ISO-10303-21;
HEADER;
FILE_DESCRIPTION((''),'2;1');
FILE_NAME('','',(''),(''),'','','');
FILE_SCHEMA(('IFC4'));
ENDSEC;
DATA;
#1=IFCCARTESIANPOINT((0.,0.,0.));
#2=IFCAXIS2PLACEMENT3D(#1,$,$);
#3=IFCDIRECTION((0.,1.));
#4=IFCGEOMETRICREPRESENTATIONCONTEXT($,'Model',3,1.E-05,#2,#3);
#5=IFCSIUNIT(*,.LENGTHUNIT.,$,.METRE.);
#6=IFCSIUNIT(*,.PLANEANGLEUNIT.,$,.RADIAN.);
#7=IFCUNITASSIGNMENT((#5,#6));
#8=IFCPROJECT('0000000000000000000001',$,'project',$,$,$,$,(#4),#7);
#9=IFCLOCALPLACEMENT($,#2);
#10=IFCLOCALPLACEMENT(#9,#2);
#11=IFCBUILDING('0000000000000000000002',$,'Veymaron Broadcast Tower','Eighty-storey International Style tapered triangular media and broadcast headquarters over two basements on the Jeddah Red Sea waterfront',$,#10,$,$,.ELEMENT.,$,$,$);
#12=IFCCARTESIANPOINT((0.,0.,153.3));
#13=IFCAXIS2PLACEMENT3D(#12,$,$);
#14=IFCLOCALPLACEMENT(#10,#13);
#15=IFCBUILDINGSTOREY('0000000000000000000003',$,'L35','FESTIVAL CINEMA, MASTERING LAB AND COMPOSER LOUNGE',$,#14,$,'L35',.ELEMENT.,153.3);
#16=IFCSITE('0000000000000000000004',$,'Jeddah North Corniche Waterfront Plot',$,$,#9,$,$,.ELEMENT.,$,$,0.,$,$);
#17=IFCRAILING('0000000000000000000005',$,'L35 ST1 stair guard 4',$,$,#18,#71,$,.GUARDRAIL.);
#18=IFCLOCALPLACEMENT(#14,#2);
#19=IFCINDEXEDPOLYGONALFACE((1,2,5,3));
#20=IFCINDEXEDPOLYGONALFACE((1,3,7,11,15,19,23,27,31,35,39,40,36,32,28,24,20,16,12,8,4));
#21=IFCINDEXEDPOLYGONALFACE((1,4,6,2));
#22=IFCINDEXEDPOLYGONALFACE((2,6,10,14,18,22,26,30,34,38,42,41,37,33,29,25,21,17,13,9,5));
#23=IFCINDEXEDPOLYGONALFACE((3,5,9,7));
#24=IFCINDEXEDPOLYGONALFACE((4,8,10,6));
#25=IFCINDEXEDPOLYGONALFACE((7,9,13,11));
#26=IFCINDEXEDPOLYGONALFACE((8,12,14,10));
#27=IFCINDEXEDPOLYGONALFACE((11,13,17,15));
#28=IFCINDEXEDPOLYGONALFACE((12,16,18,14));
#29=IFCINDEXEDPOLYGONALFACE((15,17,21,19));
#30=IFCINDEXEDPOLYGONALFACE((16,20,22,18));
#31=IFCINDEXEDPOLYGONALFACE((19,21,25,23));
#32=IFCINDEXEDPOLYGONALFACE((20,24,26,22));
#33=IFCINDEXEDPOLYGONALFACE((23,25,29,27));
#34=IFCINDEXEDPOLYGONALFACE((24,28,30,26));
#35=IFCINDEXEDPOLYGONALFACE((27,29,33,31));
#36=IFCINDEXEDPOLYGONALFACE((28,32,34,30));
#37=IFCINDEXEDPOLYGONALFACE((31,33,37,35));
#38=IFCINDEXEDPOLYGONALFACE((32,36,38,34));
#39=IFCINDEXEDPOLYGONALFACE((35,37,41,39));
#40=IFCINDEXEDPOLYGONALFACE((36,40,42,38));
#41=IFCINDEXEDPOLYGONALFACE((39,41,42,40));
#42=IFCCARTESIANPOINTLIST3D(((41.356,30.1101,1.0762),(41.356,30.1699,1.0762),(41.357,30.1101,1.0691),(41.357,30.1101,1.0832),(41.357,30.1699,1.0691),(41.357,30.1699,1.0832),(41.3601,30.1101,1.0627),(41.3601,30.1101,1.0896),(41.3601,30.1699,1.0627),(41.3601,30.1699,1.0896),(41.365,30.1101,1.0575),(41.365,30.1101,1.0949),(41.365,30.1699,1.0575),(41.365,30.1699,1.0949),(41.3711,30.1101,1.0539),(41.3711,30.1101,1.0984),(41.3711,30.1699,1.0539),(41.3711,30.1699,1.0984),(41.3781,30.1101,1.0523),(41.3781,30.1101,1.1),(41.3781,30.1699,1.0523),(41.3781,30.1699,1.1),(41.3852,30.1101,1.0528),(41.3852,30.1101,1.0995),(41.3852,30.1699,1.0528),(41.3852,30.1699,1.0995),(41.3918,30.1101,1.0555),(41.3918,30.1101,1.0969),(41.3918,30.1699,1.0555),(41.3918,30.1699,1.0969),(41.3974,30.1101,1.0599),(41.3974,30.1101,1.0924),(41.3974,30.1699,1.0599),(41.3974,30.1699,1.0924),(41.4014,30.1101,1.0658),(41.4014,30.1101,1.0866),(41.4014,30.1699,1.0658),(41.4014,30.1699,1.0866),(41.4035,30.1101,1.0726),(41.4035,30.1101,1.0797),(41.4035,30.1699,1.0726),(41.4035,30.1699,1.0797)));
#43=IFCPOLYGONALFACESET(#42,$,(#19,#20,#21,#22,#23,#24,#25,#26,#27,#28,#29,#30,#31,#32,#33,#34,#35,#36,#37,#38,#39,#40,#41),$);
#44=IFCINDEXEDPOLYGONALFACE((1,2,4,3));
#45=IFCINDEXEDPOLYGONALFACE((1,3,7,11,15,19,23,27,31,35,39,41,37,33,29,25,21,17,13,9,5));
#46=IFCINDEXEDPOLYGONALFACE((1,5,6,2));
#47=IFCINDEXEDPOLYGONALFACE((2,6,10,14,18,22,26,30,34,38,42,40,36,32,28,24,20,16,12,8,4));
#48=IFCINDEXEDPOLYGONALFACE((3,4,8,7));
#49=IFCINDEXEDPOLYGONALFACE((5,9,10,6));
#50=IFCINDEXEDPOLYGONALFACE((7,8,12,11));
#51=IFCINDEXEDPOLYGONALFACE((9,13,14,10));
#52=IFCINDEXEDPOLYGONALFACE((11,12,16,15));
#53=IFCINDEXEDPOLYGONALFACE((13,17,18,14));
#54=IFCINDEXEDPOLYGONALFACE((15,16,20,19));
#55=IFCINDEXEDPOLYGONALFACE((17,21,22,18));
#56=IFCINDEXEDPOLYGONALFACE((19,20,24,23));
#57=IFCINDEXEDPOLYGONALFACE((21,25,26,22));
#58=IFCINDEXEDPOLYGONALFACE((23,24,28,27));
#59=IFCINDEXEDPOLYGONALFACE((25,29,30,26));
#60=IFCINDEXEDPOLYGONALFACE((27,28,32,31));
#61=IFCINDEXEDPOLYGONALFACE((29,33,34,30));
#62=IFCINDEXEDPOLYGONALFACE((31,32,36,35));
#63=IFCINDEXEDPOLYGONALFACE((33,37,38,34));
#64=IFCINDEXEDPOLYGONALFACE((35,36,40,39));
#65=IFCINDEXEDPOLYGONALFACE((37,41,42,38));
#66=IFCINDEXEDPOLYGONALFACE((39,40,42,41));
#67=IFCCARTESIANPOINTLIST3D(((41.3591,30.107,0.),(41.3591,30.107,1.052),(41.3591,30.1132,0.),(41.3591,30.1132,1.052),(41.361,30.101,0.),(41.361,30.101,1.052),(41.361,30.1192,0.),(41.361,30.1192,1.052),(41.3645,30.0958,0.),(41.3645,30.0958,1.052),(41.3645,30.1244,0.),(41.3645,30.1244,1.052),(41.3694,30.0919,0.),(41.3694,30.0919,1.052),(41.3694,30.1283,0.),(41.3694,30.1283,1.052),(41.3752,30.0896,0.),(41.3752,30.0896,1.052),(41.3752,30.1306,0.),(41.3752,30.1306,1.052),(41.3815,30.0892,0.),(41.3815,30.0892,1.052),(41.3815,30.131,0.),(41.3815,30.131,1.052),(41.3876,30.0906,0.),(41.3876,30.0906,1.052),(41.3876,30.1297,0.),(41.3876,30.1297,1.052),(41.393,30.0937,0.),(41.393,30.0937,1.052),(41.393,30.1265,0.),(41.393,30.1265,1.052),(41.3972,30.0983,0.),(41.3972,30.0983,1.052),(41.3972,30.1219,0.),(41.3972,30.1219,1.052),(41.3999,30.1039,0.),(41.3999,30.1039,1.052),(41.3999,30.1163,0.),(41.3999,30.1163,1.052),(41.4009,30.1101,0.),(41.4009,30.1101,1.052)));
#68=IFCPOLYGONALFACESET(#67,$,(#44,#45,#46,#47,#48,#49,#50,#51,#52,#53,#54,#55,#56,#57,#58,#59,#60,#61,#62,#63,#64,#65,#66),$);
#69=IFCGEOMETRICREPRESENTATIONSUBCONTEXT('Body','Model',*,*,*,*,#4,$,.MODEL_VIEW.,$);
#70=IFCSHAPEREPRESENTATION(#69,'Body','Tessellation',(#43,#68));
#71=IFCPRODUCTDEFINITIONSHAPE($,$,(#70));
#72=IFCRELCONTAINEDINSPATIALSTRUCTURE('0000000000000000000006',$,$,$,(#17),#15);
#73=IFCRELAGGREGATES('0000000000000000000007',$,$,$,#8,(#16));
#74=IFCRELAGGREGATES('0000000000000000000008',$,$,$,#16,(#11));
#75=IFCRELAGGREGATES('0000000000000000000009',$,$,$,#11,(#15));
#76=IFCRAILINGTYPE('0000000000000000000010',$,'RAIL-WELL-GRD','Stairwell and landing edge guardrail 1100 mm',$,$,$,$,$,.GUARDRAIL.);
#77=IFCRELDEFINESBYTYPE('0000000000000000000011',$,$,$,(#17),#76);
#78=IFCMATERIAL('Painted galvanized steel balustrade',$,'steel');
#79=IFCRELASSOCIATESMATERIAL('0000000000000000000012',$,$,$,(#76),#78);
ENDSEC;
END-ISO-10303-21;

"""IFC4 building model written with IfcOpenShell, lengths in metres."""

from ifc_helpers import new_model, si_unit, direction, frame, origin, origin_2d, place, context, subcontext, project, spatial, circle, extrude, material, type_object, element, save


model = new_model("IFC4")

# Units and contexts
model_context = context("Model", 3, precision=1e-05, world=origin(), true_north=direction((0.0, 1.0)))
body_context = subcontext(model_context, "Body", "Model", "MODEL_VIEW")
ifc_project = project(units=[si_unit("LENGTHUNIT", "METRE"), si_unit("PLANEANGLEUNIT", "RADIAN")], contexts=[model_context])

# Site, building, storey
site_placement = place(None, origin())
site = spatial("IfcSite", under=ifc_project, at=site_placement, Name="Jeddah North Corniche Waterfront Plot", CompositionType="ELEMENT", RefElevation=0.0)
building_placement = place(site_placement, origin())
building = spatial("IfcBuilding", under=site, at=building_placement, Name="Veymaron Broadcast Tower", Description="Eighty-storey International Style tapered triangular media and broadcast headquarters over two basements on the Jeddah Red Sea waterfront", CompositionType="ELEMENT")
storey_placement = place(building_placement, frame((0.0, 0.0, 153.3)))
storey = spatial("IfcBuildingStorey", under=building, at=storey_placement, Name="L35", Description="FESTIVAL CINEMA, MASTERING LAB AND COMPOSER LOUNGE", LongName="L35", CompositionType="ELEMENT", Elevation=153.3)

# Railing
ifc_material_1 = material(Name="Painted galvanized steel balustrade", Category="steel")
railing_type_1 = type_object("IfcRailingType", Name="RAIL-WELL-GRD", Description="Stairwell and landing edge guardrail 1100 mm", PredefinedType="GUARDRAIL", material=ifc_material_1)
railing_1_placement = place(storey_placement, frame((41.3799, 30.1101, 0.0)))
element("IfcRailing", 1, at=railing_1_placement, inside=storey, type_object=railing_type_1, Name="L35 ST1 stair guard 4", PredefinedType="GUARDRAIL", context=body_context, shape_type="SweptSolid", body=[
    extrude(circle(Radius=0.0239, at=origin_2d()), frame((0.0, 0.0, 1.0762), z_axis=(0.0, 1.0, 0.0), x_axis=(-1.0, 0.0, 0.0)), (0.0, 0.0, 1.0), 0.0598),
    extrude(circle(Radius=0.021, at=origin_2d()), origin(), (0.0, 0.0, 1.0), 1.052),
])

save(model, "model.ifc")
